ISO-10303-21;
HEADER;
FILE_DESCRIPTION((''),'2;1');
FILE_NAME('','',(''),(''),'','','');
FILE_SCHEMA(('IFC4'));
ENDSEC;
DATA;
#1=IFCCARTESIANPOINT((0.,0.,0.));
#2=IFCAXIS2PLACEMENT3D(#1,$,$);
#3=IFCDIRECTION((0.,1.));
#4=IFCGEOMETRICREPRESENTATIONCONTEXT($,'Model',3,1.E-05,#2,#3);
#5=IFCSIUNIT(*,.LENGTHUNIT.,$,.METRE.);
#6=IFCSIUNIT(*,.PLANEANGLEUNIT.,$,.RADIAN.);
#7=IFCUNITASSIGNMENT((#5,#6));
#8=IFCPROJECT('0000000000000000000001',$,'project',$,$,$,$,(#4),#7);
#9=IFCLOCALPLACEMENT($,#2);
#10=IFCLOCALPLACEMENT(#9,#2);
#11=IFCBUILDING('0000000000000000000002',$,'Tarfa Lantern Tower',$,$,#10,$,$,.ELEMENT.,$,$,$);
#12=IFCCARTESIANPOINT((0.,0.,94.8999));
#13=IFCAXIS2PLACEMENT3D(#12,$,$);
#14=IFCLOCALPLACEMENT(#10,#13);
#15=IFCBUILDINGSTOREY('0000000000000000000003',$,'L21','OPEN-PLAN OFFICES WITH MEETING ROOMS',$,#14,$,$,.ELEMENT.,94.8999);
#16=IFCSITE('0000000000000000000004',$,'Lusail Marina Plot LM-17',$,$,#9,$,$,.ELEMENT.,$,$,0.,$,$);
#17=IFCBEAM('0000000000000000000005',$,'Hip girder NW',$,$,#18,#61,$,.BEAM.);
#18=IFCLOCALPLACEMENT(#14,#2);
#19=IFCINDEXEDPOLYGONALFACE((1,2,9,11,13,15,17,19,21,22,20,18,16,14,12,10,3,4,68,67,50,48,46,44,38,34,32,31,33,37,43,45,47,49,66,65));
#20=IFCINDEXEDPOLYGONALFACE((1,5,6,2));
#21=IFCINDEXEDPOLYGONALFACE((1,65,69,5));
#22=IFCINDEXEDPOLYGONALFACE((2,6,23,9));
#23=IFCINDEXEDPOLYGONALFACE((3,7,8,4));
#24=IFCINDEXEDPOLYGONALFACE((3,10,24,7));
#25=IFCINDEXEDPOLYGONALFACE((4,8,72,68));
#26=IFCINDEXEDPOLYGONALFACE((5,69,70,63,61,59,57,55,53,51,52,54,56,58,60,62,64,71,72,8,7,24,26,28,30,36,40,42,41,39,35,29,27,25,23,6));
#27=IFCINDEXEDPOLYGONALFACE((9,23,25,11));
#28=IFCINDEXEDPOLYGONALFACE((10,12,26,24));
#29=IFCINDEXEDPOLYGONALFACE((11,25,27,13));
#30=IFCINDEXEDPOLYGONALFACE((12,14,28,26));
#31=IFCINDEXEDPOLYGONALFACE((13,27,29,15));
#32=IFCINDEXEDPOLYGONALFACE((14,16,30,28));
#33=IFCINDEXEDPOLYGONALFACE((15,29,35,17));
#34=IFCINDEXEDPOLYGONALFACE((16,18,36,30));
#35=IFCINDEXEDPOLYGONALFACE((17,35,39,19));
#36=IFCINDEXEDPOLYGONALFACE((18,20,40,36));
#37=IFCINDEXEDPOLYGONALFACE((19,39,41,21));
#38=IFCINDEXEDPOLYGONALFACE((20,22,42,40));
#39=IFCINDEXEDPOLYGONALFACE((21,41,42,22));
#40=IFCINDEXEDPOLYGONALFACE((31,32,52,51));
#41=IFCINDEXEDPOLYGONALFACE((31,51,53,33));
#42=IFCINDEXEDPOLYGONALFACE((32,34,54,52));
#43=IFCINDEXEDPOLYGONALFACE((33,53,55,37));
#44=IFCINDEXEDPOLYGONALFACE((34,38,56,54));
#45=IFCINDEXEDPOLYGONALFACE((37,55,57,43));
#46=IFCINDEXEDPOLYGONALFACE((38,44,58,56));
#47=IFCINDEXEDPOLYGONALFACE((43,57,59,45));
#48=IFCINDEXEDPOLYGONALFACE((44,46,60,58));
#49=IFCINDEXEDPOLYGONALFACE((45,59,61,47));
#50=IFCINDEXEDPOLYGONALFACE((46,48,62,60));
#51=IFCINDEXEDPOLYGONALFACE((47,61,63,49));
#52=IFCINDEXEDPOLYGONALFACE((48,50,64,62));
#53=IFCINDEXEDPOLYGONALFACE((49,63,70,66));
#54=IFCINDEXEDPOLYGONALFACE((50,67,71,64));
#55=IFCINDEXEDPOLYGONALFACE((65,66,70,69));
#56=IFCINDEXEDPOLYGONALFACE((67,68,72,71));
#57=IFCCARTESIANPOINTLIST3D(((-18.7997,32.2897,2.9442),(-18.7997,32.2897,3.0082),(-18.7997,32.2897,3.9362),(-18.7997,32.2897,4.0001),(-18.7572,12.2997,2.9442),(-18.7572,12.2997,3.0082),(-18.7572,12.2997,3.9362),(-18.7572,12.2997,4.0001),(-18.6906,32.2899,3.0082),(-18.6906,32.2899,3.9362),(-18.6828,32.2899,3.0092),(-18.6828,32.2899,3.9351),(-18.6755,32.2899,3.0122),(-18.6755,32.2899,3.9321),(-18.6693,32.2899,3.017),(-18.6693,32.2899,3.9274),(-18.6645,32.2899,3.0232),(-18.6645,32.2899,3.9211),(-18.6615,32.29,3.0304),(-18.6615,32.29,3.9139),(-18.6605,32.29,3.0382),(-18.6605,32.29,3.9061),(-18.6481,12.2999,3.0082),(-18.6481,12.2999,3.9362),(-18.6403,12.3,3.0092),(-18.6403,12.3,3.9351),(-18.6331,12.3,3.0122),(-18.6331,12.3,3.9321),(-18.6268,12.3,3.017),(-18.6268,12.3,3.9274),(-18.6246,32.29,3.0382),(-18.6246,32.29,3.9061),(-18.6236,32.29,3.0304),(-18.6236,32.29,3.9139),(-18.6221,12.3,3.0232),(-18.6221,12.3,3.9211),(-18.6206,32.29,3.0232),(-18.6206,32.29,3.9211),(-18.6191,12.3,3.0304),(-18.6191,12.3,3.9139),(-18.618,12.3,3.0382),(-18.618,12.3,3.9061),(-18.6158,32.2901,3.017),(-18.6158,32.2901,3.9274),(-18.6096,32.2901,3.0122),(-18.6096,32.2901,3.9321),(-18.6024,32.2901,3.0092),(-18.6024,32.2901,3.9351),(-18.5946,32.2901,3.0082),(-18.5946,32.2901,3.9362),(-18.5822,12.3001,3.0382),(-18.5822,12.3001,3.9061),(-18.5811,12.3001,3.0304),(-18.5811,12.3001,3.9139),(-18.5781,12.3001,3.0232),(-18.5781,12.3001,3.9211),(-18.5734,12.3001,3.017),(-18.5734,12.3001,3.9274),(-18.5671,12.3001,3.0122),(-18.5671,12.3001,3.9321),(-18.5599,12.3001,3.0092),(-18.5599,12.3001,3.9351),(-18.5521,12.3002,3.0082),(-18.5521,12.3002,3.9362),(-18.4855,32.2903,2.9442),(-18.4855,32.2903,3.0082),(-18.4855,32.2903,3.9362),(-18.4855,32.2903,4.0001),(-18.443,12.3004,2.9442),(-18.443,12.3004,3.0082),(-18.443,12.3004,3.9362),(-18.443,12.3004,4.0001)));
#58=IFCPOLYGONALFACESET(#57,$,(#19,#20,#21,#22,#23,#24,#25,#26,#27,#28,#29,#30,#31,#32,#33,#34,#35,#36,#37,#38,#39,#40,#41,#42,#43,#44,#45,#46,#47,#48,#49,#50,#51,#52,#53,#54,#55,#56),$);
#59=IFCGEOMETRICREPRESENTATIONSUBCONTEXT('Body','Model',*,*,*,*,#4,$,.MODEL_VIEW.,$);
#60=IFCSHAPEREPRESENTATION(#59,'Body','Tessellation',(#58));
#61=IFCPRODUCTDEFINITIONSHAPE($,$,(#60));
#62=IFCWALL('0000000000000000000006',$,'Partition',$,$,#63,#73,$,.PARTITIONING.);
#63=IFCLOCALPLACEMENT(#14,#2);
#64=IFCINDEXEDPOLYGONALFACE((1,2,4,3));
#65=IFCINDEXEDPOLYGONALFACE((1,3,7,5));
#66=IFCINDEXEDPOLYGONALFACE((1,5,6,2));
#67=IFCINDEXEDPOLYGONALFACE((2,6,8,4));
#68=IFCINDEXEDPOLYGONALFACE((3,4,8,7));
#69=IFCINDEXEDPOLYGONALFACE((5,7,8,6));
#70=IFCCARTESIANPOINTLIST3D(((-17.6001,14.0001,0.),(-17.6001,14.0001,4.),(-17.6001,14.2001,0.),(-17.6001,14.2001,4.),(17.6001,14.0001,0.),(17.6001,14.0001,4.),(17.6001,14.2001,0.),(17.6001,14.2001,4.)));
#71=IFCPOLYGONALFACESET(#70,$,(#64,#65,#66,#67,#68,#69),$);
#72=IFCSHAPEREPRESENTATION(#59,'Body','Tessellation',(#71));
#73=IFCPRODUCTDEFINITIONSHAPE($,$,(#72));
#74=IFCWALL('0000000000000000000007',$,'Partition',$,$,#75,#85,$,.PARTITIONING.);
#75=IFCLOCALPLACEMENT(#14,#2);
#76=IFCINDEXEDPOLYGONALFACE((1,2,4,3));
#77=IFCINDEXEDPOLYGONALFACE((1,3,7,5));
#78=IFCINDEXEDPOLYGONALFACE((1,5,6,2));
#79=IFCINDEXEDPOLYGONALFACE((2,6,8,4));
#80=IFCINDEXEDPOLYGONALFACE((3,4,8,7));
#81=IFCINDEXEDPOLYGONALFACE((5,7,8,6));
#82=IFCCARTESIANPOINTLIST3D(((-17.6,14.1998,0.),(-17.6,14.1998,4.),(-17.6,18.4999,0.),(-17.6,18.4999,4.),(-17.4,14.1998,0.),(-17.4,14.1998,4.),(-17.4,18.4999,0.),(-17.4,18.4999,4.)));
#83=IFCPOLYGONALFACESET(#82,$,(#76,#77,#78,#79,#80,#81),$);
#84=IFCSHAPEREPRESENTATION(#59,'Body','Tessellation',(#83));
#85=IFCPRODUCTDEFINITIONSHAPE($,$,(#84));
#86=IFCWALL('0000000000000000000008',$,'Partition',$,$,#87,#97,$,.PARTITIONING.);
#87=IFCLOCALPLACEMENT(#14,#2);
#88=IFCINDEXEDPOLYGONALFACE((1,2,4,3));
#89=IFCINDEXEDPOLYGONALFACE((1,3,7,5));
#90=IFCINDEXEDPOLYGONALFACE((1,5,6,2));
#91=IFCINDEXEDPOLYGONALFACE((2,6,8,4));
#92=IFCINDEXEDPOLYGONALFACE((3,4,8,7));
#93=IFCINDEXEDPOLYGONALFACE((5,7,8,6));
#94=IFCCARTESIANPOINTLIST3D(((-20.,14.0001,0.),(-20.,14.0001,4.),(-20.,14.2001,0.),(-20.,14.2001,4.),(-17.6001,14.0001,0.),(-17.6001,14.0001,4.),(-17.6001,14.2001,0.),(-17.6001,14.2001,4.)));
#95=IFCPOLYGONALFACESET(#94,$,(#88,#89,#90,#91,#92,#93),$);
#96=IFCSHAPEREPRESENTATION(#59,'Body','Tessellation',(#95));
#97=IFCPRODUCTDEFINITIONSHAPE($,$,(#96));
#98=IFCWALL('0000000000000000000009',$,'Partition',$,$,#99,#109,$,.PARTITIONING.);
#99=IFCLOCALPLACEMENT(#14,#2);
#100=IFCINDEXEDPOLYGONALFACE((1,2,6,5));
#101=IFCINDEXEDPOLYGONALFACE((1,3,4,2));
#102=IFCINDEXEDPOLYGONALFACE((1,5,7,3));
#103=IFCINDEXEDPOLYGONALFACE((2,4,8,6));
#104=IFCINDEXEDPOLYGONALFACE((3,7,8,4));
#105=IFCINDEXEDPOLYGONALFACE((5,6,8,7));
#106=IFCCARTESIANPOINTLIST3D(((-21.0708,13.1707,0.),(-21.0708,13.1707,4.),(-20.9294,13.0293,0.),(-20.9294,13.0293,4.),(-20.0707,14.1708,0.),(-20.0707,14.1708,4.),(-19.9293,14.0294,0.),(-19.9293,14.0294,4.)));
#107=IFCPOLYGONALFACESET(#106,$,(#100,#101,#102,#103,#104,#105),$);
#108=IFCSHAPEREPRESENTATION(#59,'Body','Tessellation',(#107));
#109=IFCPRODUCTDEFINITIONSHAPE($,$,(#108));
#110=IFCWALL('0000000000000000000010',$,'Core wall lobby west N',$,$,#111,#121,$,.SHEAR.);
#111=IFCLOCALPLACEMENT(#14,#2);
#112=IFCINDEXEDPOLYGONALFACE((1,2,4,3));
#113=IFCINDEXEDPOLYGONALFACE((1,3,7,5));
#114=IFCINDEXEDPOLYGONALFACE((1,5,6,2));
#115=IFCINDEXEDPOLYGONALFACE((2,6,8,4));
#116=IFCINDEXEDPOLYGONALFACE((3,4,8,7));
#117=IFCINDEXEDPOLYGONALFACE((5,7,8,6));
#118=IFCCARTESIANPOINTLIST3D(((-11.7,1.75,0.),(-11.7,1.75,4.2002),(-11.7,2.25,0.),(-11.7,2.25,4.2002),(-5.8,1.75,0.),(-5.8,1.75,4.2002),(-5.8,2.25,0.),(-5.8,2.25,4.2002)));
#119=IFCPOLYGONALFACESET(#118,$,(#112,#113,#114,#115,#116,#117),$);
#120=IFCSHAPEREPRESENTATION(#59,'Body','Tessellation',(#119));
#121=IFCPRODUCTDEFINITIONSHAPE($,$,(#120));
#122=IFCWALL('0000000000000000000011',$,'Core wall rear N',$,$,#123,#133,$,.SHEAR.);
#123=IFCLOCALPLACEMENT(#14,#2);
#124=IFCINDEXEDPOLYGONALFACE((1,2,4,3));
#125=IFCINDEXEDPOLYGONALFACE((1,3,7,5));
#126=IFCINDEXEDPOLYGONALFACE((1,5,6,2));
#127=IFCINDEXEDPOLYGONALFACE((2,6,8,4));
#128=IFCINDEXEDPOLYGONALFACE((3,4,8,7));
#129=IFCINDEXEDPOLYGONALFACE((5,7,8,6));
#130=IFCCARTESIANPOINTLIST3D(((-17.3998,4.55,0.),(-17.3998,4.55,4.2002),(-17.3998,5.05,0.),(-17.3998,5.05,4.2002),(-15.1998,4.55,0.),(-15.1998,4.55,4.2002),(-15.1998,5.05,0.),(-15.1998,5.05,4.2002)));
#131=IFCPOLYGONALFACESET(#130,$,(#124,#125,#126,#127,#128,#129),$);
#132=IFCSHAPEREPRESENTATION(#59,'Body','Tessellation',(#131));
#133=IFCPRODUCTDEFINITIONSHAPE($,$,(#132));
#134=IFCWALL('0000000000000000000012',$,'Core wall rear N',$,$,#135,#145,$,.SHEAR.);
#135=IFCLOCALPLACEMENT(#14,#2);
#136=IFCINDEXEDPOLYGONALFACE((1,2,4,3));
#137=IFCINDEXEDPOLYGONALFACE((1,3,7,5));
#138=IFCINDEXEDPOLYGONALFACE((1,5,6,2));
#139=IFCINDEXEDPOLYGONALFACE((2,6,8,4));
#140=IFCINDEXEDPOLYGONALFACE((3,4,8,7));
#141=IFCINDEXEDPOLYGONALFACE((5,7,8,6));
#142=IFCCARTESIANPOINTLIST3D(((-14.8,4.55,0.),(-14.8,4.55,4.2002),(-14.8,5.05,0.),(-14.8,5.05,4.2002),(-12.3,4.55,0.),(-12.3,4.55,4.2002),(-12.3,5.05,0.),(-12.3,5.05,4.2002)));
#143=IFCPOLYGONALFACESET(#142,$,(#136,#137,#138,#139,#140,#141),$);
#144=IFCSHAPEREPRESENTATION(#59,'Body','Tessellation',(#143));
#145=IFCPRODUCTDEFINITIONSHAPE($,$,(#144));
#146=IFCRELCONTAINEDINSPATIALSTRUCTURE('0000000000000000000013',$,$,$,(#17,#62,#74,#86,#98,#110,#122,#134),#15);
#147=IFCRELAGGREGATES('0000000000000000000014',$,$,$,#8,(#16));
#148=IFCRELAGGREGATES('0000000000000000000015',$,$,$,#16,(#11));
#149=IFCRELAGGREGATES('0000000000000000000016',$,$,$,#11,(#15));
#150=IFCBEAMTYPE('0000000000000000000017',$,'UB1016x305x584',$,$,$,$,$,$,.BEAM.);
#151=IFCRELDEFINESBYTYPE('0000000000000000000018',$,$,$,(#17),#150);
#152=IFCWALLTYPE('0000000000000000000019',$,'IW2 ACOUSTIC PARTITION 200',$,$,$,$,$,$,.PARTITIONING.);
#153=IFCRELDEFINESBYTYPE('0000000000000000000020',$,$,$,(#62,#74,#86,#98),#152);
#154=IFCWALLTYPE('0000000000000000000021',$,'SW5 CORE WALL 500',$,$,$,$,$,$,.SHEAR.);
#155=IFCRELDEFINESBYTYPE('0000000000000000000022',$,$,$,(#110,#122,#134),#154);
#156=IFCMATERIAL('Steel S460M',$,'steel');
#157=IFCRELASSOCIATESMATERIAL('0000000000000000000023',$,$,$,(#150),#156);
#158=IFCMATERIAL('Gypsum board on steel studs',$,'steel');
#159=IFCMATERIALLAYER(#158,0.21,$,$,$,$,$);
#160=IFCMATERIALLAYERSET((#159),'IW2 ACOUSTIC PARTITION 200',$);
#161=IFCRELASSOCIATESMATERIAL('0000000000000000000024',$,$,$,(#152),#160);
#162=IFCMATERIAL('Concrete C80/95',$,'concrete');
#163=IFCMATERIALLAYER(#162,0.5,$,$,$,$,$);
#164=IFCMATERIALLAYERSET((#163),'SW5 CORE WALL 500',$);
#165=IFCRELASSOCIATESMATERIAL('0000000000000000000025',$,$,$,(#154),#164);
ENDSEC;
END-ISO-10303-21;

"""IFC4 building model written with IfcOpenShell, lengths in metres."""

from ifc_helpers import new_model, si_unit, direction, frame, frame_2d, origin, origin_2d, place, context, subcontext, project, spatial, rectangle, i_section, extrude, material, layer, layer_set, material_profile, profile_set, type_object, element, save


model = new_model("IFC4")

# Units and contexts
model_context = context("Model", 3, precision=1e-05, world=origin(), true_north=direction((0.0, 1.0)))
body_context = subcontext(model_context, "Body", "Model", "MODEL_VIEW")
ifc_project = project(units=[si_unit("LENGTHUNIT", "METRE"), si_unit("PLANEANGLEUNIT", "RADIAN")], contexts=[model_context])

# Site, building, storey
site_placement = place(None, origin())
site = spatial("IfcSite", under=ifc_project, at=site_placement, Name="Lusail Marina Plot LM-17", CompositionType="ELEMENT", RefElevation=0.0)
building_placement = place(site_placement, origin())
building = spatial("IfcBuilding", under=site, at=building_placement, Name="Tarfa Lantern Tower", CompositionType="ELEMENT")
storey_placement = place(building_placement, frame((0.0, 0.0, 94.8999)))
storey = spatial("IfcBuildingStorey", under=building, at=storey_placement, Name="L21", Description="OPEN-PLAN OFFICES WITH MEETING ROOMS", CompositionType="ELEMENT", Elevation=94.8999)

# Beam
ifc_material_1 = material(Name="Steel S460M", Category="steel")
ifc_material_profile = material_profile(ifc_material_1, i_section(OverallWidth=0.3142, OverallDepth=1.0559, WebThickness=0.0359, FlangeThickness=0.064, FilletRadius=0.03, at=origin_2d()), Name="UB1016x305x584")
ifc_profile_set = profile_set([ifc_material_profile], Name="Steel S460M")
beam_type = type_object("IfcBeamType", Name="UB1016x305x584", PredefinedType="BEAM", material=ifc_profile_set)
beam_placement = place(storey_placement, frame((-18.6001, 12.3, 3.4722), z_axis=(-0.002125, 0.999998, 0.0), x_axis=(-0.999998, -0.002125, 0.0)))
element("IfcBeam", 1, at=beam_placement, inside=storey, type_object=beam_type, Name="Hip girder NW", PredefinedType="BEAM", context=body_context, shape_type="SweptSolid", body=[
    extrude(i_section(OverallWidth=0.3142, OverallDepth=1.0559, WebThickness=0.0359, FlangeThickness=0.064, FilletRadius=0.03, at=origin_2d()), origin(), (0.0, 0.0, 1.0), 19.99),
])

# Walls
ifc_material_2 = material(Name="Gypsum board on steel studs", Category="steel")
ifc_layer_1 = layer(ifc_material_2, 0.21)
ifc_layer_set_1 = layer_set([ifc_layer_1], Name="IW2 ACOUSTIC PARTITION 200")
wall_type_1 = type_object("IfcWallType", Name="IW2 ACOUSTIC PARTITION 200", PredefinedType="PARTITIONING", material=ifc_layer_set_1)
wall_1_placement = place(storey_placement, frame((-17.6001, 14.1001, 0.0), z_axis=(0.0, 0.0, 1.0), x_axis=(1.0, 0.0, 0.0)))
element("IfcWall", 2, at=wall_1_placement, inside=storey, type_object=wall_type_1, Name="Partition", PredefinedType="PARTITIONING", context=body_context, shape_type="SweptSolid", body=[
    extrude(rectangle(XDim=35.2002, YDim=0.2, at=frame_2d((17.6001, 0.0))), origin(), (0.0, 0.0, 1.0), 4.0),
])
wall_2_placement = place(storey_placement, frame((-17.5, 14.2, 0.0), z_axis=(0.0, 0.0, 1.0), x_axis=(0.0, 1.0, 0.0)))
element("IfcWall", 3, at=wall_2_placement, inside=storey, type_object=wall_type_1, Name="Partition", PredefinedType="PARTITIONING", context=body_context, shape_type="SweptSolid", body=[
    extrude(rectangle(XDim=4.3, YDim=0.2, at=frame_2d((2.1499, 0.0))), origin(), (0.0, 0.0, 1.0), 4.0),
])
wall_3_placement = place(storey_placement, frame((-20.0, 14.1001, 0.0), z_axis=(0.0, 0.0, 1.0), x_axis=(1.0, 0.0, 0.0)))
element("IfcWall", 4, at=wall_3_placement, inside=storey, type_object=wall_type_1, Name="Partition", PredefinedType="PARTITIONING", context=body_context, shape_type="SweptSolid", body=[
    extrude(rectangle(XDim=2.3999, YDim=0.2, at=frame_2d((1.2, 0.0))), origin(), (0.0, 0.0, 1.0), 4.0),
])
wall_4_placement = place(storey_placement, frame((-21.0, 13.1001, 0.0), z_axis=(0.0, 0.0, 1.0), x_axis=(0.707107, 0.707107, 0.0)))
element("IfcWall", 5, at=wall_4_placement, inside=storey, type_object=wall_type_1, Name="Partition", PredefinedType="PARTITIONING", context=body_context, shape_type="SweptSolid", body=[
    extrude(rectangle(XDim=1.4143, YDim=0.2, at=frame_2d((0.707, 0.0))), origin(), (0.0, 0.0, 1.0), 4.0),
])

# Shared definitions
ifc_material_3 = material(Name="Concrete C80/95", Category="concrete")

# Walls
ifc_layer_2 = layer(ifc_material_3, 0.5)
ifc_layer_set_2 = layer_set([ifc_layer_2], Name="SW5 CORE WALL 500")
wall_type_2 = type_object("IfcWallType", Name="SW5 CORE WALL 500", PredefinedType="SHEAR", material=ifc_layer_set_2)
wall_5_placement = place(storey_placement, frame((-11.7, 2.0, 0.0), z_axis=(0.0, 0.0, 1.0), x_axis=(1.0, 0.0, 0.0)))
element("IfcWall", 6, at=wall_5_placement, inside=storey, type_object=wall_type_2, Name="Core wall lobby west N", PredefinedType="SHEAR", context=body_context, shape_type="SweptSolid", body=[
    extrude(rectangle(XDim=5.8999, YDim=0.5, at=frame_2d((2.95, 0.0))), origin(), (0.0, 0.0, 1.0), 4.2002),
])
wall_6_placement = place(storey_placement, frame((-17.3999, 4.8, 0.0), z_axis=(0.0, 0.0, 1.0), x_axis=(1.0, 0.0, 0.0)))
element("IfcWall", 7, at=wall_6_placement, inside=storey, type_object=wall_type_2, Name="Core wall rear N", PredefinedType="SHEAR", context=body_context, shape_type="SweptSolid", body=[
    extrude(rectangle(XDim=2.2, YDim=0.5, at=frame_2d((1.1001, 0.0))), origin(), (0.0, 0.0, 1.0), 4.2002),
])
wall_7_placement = place(storey_placement, frame((-14.8, 4.8, 0.0), z_axis=(0.0, 0.0, 1.0), x_axis=(1.0, 0.0, 0.0)))
element("IfcWall", 8, at=wall_7_placement, inside=storey, type_object=wall_type_2, Name="Core wall rear N", PredefinedType="SHEAR", context=body_context, shape_type="SweptSolid", body=[
    extrude(rectangle(XDim=2.5, YDim=0.5, at=frame_2d((1.25, 0.0))), origin(), (0.0, 0.0, 1.0), 4.2002),
])

save(model, "model.ifc")
